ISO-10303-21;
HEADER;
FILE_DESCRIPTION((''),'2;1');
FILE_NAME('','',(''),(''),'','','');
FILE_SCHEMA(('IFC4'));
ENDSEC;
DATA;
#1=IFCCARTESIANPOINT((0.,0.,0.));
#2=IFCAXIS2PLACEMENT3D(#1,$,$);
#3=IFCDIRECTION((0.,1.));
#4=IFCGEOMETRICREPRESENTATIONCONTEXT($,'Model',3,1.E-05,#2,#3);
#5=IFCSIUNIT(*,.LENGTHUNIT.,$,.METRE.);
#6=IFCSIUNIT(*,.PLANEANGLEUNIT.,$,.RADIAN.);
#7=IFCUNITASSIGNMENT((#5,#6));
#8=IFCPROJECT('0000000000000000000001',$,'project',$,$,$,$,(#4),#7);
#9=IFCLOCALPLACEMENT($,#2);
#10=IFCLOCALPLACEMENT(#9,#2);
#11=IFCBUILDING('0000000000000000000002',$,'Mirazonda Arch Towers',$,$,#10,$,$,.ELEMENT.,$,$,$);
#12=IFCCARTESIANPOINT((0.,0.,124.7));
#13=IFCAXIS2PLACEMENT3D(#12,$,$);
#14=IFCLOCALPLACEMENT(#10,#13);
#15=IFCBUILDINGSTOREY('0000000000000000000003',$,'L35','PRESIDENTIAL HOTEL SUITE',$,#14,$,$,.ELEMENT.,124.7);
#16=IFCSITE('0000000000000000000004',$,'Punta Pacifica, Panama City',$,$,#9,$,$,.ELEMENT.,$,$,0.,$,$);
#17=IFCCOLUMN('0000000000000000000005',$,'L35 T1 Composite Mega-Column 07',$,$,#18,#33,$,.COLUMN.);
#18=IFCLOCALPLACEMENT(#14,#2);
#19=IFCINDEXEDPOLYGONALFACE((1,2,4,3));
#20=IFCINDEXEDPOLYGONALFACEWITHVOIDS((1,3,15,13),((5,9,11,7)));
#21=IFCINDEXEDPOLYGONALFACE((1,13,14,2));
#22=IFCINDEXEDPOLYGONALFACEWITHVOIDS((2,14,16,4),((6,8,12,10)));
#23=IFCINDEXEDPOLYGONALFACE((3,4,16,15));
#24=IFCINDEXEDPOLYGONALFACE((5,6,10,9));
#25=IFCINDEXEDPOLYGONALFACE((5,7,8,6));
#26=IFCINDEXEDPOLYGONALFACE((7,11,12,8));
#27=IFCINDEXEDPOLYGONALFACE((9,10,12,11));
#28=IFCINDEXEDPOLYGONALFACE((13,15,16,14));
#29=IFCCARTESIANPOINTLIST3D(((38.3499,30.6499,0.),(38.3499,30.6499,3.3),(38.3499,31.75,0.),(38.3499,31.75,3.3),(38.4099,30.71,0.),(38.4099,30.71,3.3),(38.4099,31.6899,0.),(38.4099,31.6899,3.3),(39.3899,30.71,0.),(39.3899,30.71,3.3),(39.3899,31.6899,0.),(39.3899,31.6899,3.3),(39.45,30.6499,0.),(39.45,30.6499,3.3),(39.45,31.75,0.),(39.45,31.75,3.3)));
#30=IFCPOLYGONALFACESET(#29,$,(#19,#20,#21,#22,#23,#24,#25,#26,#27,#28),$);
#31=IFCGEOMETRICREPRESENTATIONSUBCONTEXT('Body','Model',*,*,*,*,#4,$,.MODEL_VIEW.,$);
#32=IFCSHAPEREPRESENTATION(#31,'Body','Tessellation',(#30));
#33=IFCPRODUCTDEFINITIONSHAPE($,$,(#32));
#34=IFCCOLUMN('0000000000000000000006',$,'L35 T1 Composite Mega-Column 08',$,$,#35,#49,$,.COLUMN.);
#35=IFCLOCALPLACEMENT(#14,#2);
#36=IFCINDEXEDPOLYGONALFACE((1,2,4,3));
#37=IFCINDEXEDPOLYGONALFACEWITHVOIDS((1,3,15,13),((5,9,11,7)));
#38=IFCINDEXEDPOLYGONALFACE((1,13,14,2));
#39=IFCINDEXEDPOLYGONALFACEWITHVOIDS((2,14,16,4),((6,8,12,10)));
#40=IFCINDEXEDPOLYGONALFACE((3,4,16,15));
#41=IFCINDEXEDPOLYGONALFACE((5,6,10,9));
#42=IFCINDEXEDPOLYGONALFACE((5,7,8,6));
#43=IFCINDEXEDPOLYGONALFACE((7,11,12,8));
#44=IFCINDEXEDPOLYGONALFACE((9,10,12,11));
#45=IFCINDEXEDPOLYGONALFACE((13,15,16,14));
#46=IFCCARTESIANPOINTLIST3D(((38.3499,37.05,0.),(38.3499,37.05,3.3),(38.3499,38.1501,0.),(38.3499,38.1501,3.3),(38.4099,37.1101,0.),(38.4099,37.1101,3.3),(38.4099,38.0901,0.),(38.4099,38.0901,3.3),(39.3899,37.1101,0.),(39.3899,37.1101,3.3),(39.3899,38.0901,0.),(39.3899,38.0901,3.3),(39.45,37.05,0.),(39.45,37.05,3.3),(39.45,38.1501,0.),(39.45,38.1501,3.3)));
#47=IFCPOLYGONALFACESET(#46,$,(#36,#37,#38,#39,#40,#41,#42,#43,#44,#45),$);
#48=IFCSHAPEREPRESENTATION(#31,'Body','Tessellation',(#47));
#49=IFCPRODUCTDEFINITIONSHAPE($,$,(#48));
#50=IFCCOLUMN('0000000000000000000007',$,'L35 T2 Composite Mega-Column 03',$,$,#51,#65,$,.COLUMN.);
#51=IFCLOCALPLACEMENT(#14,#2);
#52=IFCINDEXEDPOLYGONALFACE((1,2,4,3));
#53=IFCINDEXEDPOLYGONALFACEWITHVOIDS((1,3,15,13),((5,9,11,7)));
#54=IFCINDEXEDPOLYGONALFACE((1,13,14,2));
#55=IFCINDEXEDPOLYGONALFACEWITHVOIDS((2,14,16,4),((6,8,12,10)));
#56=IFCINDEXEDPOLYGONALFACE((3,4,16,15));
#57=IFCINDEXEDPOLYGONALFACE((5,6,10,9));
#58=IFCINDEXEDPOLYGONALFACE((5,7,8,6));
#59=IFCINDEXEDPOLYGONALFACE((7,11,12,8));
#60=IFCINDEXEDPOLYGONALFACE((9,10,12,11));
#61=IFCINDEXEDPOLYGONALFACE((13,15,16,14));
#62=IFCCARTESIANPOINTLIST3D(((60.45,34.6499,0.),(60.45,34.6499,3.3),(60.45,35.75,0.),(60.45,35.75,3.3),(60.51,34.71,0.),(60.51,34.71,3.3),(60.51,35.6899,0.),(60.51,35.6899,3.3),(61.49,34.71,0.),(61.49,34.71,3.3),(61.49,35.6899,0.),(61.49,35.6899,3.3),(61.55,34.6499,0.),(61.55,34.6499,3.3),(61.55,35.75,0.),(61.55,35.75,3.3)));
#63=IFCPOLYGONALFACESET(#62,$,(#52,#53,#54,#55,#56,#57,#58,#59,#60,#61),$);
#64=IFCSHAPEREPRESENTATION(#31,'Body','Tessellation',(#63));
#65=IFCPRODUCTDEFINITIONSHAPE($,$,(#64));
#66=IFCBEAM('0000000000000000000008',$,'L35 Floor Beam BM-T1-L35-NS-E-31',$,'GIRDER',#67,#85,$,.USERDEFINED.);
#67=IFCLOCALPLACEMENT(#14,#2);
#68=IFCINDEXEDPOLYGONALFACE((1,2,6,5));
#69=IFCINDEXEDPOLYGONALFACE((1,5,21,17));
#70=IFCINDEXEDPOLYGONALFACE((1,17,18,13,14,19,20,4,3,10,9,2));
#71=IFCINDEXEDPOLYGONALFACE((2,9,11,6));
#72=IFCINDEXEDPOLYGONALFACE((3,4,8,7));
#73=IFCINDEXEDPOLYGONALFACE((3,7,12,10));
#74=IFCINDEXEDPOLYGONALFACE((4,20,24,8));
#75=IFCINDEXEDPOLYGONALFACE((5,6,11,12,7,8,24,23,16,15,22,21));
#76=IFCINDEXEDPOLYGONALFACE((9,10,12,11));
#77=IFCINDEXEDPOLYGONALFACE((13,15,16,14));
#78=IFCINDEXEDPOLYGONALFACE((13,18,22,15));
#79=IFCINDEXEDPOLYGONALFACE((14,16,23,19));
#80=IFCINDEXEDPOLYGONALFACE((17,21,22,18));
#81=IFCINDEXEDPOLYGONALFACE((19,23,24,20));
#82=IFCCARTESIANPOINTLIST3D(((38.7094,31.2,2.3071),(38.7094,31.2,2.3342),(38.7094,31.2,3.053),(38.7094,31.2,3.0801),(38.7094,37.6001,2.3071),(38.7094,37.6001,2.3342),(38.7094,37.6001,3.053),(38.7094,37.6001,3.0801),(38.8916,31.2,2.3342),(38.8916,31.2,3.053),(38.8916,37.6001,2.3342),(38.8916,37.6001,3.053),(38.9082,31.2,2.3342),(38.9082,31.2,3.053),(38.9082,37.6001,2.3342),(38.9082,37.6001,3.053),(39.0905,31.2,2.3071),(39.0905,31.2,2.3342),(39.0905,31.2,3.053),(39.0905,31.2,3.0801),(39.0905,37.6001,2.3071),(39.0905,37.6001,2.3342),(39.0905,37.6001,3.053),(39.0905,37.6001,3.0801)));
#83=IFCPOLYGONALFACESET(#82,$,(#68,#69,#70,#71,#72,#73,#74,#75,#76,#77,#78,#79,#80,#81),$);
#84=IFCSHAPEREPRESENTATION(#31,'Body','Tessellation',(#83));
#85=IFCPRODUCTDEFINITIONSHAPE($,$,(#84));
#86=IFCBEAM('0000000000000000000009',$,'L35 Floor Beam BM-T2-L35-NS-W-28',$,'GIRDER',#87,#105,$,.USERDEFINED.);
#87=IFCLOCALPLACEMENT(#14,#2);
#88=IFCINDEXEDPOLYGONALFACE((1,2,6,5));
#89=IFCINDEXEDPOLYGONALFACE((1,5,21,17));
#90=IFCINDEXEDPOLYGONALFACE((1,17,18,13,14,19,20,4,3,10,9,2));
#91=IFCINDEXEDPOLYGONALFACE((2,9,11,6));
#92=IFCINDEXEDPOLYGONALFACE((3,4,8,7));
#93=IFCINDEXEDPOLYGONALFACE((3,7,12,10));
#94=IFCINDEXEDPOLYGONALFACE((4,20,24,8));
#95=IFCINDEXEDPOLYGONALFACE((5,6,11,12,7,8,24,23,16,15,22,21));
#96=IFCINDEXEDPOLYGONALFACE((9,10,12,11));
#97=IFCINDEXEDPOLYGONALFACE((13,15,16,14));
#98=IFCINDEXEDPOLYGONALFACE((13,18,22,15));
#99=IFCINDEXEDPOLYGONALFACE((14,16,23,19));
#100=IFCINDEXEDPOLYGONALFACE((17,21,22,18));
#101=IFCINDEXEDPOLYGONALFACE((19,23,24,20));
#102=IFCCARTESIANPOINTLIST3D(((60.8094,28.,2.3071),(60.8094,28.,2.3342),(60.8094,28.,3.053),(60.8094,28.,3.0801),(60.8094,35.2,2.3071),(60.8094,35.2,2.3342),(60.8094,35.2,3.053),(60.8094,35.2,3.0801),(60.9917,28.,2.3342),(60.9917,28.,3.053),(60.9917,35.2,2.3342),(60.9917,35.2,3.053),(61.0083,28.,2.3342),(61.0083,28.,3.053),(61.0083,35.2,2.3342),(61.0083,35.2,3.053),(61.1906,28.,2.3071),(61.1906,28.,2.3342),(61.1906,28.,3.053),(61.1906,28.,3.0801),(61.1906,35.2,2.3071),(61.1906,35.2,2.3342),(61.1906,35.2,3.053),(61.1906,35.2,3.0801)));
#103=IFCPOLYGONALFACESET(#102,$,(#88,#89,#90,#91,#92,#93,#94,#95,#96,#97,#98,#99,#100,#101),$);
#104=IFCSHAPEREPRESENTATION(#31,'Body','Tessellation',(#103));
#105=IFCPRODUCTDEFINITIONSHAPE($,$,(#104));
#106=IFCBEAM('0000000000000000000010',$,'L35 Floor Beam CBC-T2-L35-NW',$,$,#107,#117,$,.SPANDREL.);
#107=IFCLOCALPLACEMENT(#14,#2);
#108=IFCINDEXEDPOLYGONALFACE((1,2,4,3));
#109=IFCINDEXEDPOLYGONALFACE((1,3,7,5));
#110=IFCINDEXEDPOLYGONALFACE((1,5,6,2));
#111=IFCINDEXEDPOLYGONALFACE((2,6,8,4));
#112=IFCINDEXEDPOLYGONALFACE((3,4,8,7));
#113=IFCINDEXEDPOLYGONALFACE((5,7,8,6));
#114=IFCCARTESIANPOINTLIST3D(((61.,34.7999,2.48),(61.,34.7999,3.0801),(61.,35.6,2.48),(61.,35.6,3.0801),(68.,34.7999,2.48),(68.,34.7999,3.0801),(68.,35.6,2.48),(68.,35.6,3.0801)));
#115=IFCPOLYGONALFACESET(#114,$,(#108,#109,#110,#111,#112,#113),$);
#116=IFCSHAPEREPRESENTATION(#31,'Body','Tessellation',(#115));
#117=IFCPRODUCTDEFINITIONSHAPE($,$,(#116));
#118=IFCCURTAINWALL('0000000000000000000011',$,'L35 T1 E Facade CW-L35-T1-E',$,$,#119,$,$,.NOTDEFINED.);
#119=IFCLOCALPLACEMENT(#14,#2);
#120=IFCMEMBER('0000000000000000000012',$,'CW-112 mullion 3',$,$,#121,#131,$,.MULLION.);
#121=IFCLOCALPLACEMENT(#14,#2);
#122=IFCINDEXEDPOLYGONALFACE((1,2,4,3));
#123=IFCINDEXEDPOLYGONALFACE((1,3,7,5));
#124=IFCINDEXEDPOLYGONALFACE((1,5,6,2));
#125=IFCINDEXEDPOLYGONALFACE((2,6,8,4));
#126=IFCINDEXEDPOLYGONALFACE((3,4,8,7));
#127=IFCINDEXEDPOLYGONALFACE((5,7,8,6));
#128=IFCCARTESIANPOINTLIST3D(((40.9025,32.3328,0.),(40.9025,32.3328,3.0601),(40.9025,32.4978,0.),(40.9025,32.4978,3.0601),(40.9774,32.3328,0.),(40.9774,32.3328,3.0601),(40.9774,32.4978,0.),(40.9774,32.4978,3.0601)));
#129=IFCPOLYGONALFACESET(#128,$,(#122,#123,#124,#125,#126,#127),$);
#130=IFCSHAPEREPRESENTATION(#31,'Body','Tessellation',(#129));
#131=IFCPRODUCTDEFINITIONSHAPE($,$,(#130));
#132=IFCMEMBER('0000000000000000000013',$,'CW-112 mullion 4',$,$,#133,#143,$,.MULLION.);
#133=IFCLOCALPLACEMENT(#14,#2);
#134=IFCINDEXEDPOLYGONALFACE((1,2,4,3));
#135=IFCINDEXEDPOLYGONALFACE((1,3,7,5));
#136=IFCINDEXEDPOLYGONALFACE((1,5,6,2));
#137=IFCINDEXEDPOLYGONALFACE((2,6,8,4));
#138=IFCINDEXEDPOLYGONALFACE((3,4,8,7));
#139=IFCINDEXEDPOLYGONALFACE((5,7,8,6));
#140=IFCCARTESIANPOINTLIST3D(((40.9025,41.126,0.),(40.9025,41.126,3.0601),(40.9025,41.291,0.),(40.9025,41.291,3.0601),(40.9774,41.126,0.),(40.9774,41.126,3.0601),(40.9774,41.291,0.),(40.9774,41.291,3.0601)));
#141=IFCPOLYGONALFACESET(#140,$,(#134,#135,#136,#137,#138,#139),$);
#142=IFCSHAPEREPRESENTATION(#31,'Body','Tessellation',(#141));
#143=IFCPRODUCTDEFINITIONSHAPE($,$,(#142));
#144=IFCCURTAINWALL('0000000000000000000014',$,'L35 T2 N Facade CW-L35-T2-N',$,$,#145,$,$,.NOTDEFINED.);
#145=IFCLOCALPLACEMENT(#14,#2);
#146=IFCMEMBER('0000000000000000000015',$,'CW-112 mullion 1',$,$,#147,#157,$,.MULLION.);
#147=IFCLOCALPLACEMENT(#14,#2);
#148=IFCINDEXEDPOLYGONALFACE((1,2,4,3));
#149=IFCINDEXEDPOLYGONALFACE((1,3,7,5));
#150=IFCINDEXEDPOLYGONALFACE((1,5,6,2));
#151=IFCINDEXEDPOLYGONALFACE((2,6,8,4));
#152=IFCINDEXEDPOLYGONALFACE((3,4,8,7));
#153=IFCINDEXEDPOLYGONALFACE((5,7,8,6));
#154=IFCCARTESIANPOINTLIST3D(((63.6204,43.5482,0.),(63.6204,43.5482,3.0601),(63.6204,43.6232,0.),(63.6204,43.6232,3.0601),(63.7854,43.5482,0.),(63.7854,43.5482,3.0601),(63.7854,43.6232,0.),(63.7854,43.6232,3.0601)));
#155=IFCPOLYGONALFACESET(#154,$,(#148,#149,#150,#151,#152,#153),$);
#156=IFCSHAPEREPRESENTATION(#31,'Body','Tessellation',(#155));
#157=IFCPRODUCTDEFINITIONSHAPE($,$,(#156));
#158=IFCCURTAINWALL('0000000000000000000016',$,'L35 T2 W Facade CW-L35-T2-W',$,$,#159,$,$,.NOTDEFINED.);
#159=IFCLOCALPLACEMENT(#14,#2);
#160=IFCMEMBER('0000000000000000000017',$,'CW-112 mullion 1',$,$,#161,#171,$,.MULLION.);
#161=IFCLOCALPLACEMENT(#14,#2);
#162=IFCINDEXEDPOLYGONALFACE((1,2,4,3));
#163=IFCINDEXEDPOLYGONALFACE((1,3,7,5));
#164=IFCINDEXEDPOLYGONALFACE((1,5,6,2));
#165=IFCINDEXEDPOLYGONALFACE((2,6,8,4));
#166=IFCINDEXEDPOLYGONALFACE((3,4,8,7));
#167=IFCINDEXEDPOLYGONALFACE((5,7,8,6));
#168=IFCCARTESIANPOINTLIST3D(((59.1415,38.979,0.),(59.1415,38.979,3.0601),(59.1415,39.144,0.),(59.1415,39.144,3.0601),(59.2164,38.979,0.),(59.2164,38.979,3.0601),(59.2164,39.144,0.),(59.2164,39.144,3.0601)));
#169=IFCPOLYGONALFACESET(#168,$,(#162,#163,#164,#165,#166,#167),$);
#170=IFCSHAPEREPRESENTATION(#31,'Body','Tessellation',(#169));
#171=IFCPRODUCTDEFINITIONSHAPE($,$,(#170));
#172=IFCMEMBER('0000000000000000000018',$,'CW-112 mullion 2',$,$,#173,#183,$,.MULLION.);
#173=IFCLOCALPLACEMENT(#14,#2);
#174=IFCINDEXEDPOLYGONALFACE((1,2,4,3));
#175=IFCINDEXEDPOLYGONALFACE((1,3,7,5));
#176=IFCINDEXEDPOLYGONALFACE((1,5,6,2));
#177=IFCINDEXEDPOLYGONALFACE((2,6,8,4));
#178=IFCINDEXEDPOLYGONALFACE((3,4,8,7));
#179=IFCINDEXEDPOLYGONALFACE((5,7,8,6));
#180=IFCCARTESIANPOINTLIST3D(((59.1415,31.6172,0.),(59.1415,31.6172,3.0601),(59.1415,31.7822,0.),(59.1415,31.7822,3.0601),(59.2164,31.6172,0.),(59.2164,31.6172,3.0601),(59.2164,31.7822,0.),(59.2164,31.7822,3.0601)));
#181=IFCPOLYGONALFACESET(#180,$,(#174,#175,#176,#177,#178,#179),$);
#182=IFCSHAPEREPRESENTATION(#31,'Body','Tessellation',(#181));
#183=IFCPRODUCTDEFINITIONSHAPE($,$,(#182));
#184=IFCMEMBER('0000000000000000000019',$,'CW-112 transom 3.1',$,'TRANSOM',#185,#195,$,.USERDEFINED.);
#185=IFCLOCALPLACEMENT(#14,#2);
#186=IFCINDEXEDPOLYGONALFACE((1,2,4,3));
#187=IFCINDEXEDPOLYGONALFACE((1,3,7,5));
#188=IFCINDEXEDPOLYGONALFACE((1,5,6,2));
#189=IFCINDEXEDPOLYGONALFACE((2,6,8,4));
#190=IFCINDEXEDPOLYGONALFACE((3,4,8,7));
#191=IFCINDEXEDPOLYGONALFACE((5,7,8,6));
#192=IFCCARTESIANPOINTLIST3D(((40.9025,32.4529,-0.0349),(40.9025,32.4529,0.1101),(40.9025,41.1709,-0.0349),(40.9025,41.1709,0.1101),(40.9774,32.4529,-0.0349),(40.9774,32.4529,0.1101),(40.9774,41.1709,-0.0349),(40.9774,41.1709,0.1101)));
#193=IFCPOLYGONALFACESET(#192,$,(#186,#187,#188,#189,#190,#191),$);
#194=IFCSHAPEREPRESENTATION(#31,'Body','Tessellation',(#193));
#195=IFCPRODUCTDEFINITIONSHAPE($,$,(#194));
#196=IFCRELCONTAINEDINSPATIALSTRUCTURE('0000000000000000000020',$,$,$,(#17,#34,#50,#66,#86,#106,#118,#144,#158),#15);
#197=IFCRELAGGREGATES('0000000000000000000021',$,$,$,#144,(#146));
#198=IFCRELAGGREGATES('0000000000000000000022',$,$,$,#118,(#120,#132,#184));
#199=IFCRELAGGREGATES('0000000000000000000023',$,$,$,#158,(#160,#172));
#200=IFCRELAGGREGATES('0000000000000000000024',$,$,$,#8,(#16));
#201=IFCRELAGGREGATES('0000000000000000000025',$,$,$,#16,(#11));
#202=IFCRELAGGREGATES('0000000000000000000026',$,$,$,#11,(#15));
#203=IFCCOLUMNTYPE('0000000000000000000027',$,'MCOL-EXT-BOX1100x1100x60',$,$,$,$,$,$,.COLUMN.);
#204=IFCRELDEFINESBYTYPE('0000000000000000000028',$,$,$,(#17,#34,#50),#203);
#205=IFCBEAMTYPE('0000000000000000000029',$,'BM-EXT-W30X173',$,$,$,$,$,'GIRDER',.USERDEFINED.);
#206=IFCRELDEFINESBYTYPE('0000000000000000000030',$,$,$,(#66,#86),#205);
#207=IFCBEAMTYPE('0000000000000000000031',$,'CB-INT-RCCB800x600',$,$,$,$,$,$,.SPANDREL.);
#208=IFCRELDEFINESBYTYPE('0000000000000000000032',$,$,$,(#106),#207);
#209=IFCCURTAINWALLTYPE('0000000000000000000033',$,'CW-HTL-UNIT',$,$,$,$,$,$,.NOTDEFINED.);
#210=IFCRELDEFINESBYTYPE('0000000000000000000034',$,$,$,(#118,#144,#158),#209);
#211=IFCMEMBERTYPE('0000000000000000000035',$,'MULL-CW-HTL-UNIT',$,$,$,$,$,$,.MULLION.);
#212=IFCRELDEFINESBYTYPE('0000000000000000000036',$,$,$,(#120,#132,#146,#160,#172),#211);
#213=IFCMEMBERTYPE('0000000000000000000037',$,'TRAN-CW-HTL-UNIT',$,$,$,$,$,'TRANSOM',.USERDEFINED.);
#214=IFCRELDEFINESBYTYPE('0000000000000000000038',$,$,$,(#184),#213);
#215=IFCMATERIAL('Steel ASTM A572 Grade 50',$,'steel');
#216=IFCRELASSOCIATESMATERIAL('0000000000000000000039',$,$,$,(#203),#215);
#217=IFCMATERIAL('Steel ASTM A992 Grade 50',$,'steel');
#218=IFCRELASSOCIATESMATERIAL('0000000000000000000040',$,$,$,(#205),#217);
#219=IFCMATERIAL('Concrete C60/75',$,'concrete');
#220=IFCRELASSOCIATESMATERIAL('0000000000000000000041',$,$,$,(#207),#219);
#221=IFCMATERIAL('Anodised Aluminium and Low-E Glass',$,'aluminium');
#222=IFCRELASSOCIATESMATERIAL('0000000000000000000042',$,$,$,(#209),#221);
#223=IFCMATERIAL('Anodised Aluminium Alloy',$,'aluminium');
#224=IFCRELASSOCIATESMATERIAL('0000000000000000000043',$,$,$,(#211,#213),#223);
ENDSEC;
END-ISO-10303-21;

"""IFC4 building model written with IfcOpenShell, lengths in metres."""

from ifc_helpers import new_model, si_unit, direction, frame, origin, origin_2d, place, context, subcontext, project, spatial, rectangle, hollow_rectangle, i_section, extrude, material, material_profile, profile_set, type_object, element, aggregate, save


model = new_model("IFC4")

# Units and contexts
model_context = context("Model", 3, precision=1e-05, world=origin(), true_north=direction((0.0, 1.0)))
body_context = subcontext(model_context, "Body", "Model", "MODEL_VIEW")
ifc_project = project(units=[si_unit("LENGTHUNIT", "METRE"), si_unit("PLANEANGLEUNIT", "RADIAN")], contexts=[model_context])

# Site, building, storey
site_placement = place(None, origin())
site = spatial("IfcSite", under=ifc_project, at=site_placement, Name="Punta Pacifica, Panama City", CompositionType="ELEMENT", RefElevation=0.0)
building_placement = place(site_placement, origin())
building = spatial("IfcBuilding", under=site, at=building_placement, Name="Mirazonda Arch Towers", CompositionType="ELEMENT")
storey_placement = place(building_placement, frame((0.0, 0.0, 124.7)))
storey = spatial("IfcBuildingStorey", under=building, at=storey_placement, Name="L35", Description="PRESIDENTIAL HOTEL SUITE", CompositionType="ELEMENT", Elevation=124.7)

# Columns
ifc_material_1 = material(Name="Steel ASTM A572 Grade 50", Category="steel")
ifc_material_profile_1 = material_profile(ifc_material_1, hollow_rectangle(XDim=1.1001, YDim=1.1001, WallThickness=0.0601, at=origin_2d()), Name="BOX1100x1100x60")
ifc_profile_set_1 = profile_set([ifc_material_profile_1], Name="Steel ASTM A572 Grade 50")
column_type = type_object("IfcColumnType", Name="MCOL-EXT-BOX1100x1100x60", PredefinedType="COLUMN", material=ifc_profile_set_1)
for number, where, z_axis, x_axis, name in (
    (1, (38.8999, 31.2, 0.0), (0.0, 0.0, 1.0), (1.0, 0.0, 0.0), "L35 T1 Composite Mega-Column 07"),
    (2, (38.8999, 37.6001, 0.0), (0.0, 0.0, 1.0), (1.0, 0.0, 0.0), "L35 T1 Composite Mega-Column 08"),
    (3, (61.0, 35.2, 0.0), (0.0, 0.0, 1.0), (1.0, 0.0, 0.0), "L35 T2 Composite Mega-Column 03"),
):
    element("IfcColumn", number, at=place(storey_placement, frame(where, z_axis=z_axis, x_axis=x_axis)), inside=storey, type_object=column_type, Name=name, PredefinedType="COLUMN", context=body_context, shape_type="SweptSolid", body=[
        extrude(hollow_rectangle(XDim=1.1001, YDim=1.1001, WallThickness=0.0601, at=origin_2d()), origin(), (0.0, 0.0, 1.0), 3.3),
    ])

# Beams
ifc_material_2 = material(Name="Steel ASTM A992 Grade 50", Category="steel")
ifc_material_profile_2 = material_profile(ifc_material_2, i_section(OverallWidth=0.3811, OverallDepth=0.7729, WebThickness=0.0166, FlangeThickness=0.0271, at=origin_2d()), Name="W30X173")
ifc_profile_set_2 = profile_set([ifc_material_profile_2], Name="Steel ASTM A992 Grade 50")
beam_type_1 = type_object("IfcBeamType", Name="BM-EXT-W30X173", ElementType="GIRDER", PredefinedType="USERDEFINED", material=ifc_profile_set_2)
beam_1_placement = place(storey_placement, frame((38.8999, 31.2, 2.6936), z_axis=(0.0, 1.0, 0.0), x_axis=(-1.0, 0.0, 0.0)))
element("IfcBeam", 4, at=beam_1_placement, inside=storey, type_object=beam_type_1, Name="L35 Floor Beam BM-T1-L35-NS-E-31", ObjectType="GIRDER", PredefinedType="USERDEFINED", context=body_context, shape_type="SweptSolid", body=[
    extrude(i_section(OverallWidth=0.3811, OverallDepth=0.7729, WebThickness=0.0166, FlangeThickness=0.0271, at=origin_2d()), origin(), (0.0, 0.0, 1.0), 6.4001),
])
beam_2_placement = place(storey_placement, frame((61.0, 28.0, 2.6936), z_axis=(0.0, 1.0, 0.0), x_axis=(-1.0, 0.0, 0.0)))
element("IfcBeam", 5, at=beam_2_placement, inside=storey, type_object=beam_type_1, Name="L35 Floor Beam BM-T2-L35-NS-W-28", ObjectType="GIRDER", PredefinedType="USERDEFINED", context=body_context, shape_type="SweptSolid", body=[
    extrude(i_section(OverallWidth=0.3811, OverallDepth=0.7729, WebThickness=0.0166, FlangeThickness=0.0271, at=origin_2d()), origin(), (0.0, 0.0, 1.0), 7.2),
])
ifc_material_3 = material(Name="Concrete C60/75", Category="concrete")
ifc_material_profile_3 = material_profile(ifc_material_3, rectangle(XDim=0.8, YDim=0.6001, at=origin_2d()), Name="RCCB800x600")
ifc_profile_set_3 = profile_set([ifc_material_profile_3], Name="Concrete C60/75")
beam_type_2 = type_object("IfcBeamType", Name="CB-INT-RCCB800x600", PredefinedType="SPANDREL", material=ifc_profile_set_3)
beam_3_placement = place(storey_placement, frame((61.0, 35.2, 2.78), z_axis=(1.0, 0.0, 0.0), x_axis=(0.0, 1.0, 0.0)))
element("IfcBeam", 6, at=beam_3_placement, inside=storey, type_object=beam_type_2, Name="L35 Floor Beam CBC-T2-L35-NW", PredefinedType="SPANDREL", context=body_context, shape_type="SweptSolid", body=[
    extrude(rectangle(XDim=0.8, YDim=0.6001, at=origin_2d()), origin(), (0.0, 0.0, 1.0), 7.0),
])

# Curtain wall, members
ifc_material_4 = material(Name="Anodised Aluminium and Low-E Glass", Category="aluminium")
curtain_wall_type = type_object("IfcCurtainWallType", Name="CW-HTL-UNIT", PredefinedType="NOTDEFINED", material=ifc_material_4)
curtain_wall_1_placement = place(storey_placement, origin())
curtain_wall_1 = element("IfcCurtainWall", 7, at=curtain_wall_1_placement, inside=storey, type_object=curtain_wall_type, Name="L35 T1 E Facade CW-L35-T1-E", PredefinedType="NOTDEFINED")
ifc_material_5 = material(Name="Anodised Aluminium Alloy", Category="aluminium")
ifc_material_profile_4 = material_profile(ifc_material_5, rectangle(XDim=0.075, YDim=0.165, at=origin_2d()), Name="ALU-MULL-75x165")
ifc_profile_set_4 = profile_set([ifc_material_profile_4], Name="Anodised Aluminium Alloy")
member_type_1 = type_object("IfcMemberType", Name="MULL-CW-HTL-UNIT", PredefinedType="MULLION", material=ifc_profile_set_4)
member_1_placement = place(storey_placement, frame((40.9399, 32.4153, 0.0), z_axis=(0.0, 0.0, 1.0), x_axis=(-1.0, 0.0, 0.0)))
member_1 = element("IfcMember", 8, at=member_1_placement, type_object=member_type_1, Name="CW-112 mullion 3", PredefinedType="MULLION", context=body_context, shape_type="SweptSolid", body=[
    extrude(rectangle(XDim=0.075, YDim=0.165, at=origin_2d()), origin(), (0.0, 0.0, 1.0), 3.0601),
])
member_2_placement = place(storey_placement, frame((40.9399, 41.2085, 0.0), z_axis=(0.0, 0.0, 1.0), x_axis=(-1.0, 0.0, 0.0)))
member_2 = element("IfcMember", 9, at=member_2_placement, type_object=member_type_1, Name="CW-112 mullion 4", PredefinedType="MULLION", context=body_context, shape_type="SweptSolid", body=[
    extrude(rectangle(XDim=0.075, YDim=0.165, at=origin_2d()), origin(), (0.0, 0.0, 1.0), 3.0601),
])

# Curtain wall, member
curtain_wall_2_placement = place(storey_placement, origin())
curtain_wall_2 = element("IfcCurtainWall", 10, at=curtain_wall_2_placement, inside=storey, type_object=curtain_wall_type, Name="L35 T2 N Facade CW-L35-T2-N", PredefinedType="NOTDEFINED")
member_3_placement = place(storey_placement, frame((63.7029, 43.5857, 0.0), z_axis=(0.0, 0.0, 1.0), x_axis=(0.0, 1.0, 0.0)))
member_3 = element("IfcMember", 11, at=member_3_placement, type_object=member_type_1, Name="CW-112 mullion 1", PredefinedType="MULLION", context=body_context, shape_type="SweptSolid", body=[
    extrude(rectangle(XDim=0.075, YDim=0.165, at=origin_2d()), origin(), (0.0, 0.0, 1.0), 3.0601),
])

# Curtain wall, members
curtain_wall_3_placement = place(storey_placement, origin())
curtain_wall_3 = element("IfcCurtainWall", 12, at=curtain_wall_3_placement, inside=storey, type_object=curtain_wall_type, Name="L35 T2 W Facade CW-L35-T2-W", PredefinedType="NOTDEFINED")
member_4_placement = place(storey_placement, frame((59.179, 39.0615, 0.0), z_axis=(0.0, 0.0, 1.0), x_axis=(1.0, 0.0, 0.0)))
member_4 = element("IfcMember", 13, at=member_4_placement, type_object=member_type_1, Name="CW-112 mullion 1", PredefinedType="MULLION", context=body_context, shape_type="SweptSolid", body=[
    extrude(rectangle(XDim=0.075, YDim=0.165, at=origin_2d()), origin(), (0.0, 0.0, 1.0), 3.0601),
])
member_5_placement = place(storey_placement, frame((59.179, 31.6997, 0.0), z_axis=(0.0, 0.0, 1.0), x_axis=(1.0, 0.0, 0.0)))
member_5 = element("IfcMember", 14, at=member_5_placement, type_object=member_type_1, Name="CW-112 mullion 2", PredefinedType="MULLION", context=body_context, shape_type="SweptSolid", body=[
    extrude(rectangle(XDim=0.075, YDim=0.165, at=origin_2d()), origin(), (0.0, 0.0, 1.0), 3.0601),
])

# Member
ifc_material_profile_5 = material_profile(ifc_material_5, rectangle(XDim=0.075, YDim=0.145, at=origin_2d()), Name="ALU-TRAN-75x145")
ifc_profile_set_5 = profile_set([ifc_material_profile_5], Name="Anodised Aluminium Alloy")
member_type_2 = type_object("IfcMemberType", Name="TRAN-CW-HTL-UNIT", ElementType="TRANSOM", PredefinedType="USERDEFINED", material=ifc_profile_set_5)
member_6_placement = place(storey_placement, frame((40.9399, 32.4529, 0.0376), z_axis=(0.0, 1.0, 0.0), x_axis=(-1.0, 0.0, 0.0)))
member_6 = element("IfcMember", 15, at=member_6_placement, type_object=member_type_2, Name="CW-112 transom 3.1", ObjectType="TRANSOM", PredefinedType="USERDEFINED", context=body_context, shape_type="SweptSolid", body=[
    extrude(rectangle(XDim=0.075, YDim=0.145, at=origin_2d()), origin(), (0.0, 0.0, 1.0), 8.718),
])
aggregate(curtain_wall_2, [member_3])

aggregate(curtain_wall_1, [member_1, member_2, member_6])
aggregate(curtain_wall_3, [member_4, member_5])

save(model, "model.ifc")
